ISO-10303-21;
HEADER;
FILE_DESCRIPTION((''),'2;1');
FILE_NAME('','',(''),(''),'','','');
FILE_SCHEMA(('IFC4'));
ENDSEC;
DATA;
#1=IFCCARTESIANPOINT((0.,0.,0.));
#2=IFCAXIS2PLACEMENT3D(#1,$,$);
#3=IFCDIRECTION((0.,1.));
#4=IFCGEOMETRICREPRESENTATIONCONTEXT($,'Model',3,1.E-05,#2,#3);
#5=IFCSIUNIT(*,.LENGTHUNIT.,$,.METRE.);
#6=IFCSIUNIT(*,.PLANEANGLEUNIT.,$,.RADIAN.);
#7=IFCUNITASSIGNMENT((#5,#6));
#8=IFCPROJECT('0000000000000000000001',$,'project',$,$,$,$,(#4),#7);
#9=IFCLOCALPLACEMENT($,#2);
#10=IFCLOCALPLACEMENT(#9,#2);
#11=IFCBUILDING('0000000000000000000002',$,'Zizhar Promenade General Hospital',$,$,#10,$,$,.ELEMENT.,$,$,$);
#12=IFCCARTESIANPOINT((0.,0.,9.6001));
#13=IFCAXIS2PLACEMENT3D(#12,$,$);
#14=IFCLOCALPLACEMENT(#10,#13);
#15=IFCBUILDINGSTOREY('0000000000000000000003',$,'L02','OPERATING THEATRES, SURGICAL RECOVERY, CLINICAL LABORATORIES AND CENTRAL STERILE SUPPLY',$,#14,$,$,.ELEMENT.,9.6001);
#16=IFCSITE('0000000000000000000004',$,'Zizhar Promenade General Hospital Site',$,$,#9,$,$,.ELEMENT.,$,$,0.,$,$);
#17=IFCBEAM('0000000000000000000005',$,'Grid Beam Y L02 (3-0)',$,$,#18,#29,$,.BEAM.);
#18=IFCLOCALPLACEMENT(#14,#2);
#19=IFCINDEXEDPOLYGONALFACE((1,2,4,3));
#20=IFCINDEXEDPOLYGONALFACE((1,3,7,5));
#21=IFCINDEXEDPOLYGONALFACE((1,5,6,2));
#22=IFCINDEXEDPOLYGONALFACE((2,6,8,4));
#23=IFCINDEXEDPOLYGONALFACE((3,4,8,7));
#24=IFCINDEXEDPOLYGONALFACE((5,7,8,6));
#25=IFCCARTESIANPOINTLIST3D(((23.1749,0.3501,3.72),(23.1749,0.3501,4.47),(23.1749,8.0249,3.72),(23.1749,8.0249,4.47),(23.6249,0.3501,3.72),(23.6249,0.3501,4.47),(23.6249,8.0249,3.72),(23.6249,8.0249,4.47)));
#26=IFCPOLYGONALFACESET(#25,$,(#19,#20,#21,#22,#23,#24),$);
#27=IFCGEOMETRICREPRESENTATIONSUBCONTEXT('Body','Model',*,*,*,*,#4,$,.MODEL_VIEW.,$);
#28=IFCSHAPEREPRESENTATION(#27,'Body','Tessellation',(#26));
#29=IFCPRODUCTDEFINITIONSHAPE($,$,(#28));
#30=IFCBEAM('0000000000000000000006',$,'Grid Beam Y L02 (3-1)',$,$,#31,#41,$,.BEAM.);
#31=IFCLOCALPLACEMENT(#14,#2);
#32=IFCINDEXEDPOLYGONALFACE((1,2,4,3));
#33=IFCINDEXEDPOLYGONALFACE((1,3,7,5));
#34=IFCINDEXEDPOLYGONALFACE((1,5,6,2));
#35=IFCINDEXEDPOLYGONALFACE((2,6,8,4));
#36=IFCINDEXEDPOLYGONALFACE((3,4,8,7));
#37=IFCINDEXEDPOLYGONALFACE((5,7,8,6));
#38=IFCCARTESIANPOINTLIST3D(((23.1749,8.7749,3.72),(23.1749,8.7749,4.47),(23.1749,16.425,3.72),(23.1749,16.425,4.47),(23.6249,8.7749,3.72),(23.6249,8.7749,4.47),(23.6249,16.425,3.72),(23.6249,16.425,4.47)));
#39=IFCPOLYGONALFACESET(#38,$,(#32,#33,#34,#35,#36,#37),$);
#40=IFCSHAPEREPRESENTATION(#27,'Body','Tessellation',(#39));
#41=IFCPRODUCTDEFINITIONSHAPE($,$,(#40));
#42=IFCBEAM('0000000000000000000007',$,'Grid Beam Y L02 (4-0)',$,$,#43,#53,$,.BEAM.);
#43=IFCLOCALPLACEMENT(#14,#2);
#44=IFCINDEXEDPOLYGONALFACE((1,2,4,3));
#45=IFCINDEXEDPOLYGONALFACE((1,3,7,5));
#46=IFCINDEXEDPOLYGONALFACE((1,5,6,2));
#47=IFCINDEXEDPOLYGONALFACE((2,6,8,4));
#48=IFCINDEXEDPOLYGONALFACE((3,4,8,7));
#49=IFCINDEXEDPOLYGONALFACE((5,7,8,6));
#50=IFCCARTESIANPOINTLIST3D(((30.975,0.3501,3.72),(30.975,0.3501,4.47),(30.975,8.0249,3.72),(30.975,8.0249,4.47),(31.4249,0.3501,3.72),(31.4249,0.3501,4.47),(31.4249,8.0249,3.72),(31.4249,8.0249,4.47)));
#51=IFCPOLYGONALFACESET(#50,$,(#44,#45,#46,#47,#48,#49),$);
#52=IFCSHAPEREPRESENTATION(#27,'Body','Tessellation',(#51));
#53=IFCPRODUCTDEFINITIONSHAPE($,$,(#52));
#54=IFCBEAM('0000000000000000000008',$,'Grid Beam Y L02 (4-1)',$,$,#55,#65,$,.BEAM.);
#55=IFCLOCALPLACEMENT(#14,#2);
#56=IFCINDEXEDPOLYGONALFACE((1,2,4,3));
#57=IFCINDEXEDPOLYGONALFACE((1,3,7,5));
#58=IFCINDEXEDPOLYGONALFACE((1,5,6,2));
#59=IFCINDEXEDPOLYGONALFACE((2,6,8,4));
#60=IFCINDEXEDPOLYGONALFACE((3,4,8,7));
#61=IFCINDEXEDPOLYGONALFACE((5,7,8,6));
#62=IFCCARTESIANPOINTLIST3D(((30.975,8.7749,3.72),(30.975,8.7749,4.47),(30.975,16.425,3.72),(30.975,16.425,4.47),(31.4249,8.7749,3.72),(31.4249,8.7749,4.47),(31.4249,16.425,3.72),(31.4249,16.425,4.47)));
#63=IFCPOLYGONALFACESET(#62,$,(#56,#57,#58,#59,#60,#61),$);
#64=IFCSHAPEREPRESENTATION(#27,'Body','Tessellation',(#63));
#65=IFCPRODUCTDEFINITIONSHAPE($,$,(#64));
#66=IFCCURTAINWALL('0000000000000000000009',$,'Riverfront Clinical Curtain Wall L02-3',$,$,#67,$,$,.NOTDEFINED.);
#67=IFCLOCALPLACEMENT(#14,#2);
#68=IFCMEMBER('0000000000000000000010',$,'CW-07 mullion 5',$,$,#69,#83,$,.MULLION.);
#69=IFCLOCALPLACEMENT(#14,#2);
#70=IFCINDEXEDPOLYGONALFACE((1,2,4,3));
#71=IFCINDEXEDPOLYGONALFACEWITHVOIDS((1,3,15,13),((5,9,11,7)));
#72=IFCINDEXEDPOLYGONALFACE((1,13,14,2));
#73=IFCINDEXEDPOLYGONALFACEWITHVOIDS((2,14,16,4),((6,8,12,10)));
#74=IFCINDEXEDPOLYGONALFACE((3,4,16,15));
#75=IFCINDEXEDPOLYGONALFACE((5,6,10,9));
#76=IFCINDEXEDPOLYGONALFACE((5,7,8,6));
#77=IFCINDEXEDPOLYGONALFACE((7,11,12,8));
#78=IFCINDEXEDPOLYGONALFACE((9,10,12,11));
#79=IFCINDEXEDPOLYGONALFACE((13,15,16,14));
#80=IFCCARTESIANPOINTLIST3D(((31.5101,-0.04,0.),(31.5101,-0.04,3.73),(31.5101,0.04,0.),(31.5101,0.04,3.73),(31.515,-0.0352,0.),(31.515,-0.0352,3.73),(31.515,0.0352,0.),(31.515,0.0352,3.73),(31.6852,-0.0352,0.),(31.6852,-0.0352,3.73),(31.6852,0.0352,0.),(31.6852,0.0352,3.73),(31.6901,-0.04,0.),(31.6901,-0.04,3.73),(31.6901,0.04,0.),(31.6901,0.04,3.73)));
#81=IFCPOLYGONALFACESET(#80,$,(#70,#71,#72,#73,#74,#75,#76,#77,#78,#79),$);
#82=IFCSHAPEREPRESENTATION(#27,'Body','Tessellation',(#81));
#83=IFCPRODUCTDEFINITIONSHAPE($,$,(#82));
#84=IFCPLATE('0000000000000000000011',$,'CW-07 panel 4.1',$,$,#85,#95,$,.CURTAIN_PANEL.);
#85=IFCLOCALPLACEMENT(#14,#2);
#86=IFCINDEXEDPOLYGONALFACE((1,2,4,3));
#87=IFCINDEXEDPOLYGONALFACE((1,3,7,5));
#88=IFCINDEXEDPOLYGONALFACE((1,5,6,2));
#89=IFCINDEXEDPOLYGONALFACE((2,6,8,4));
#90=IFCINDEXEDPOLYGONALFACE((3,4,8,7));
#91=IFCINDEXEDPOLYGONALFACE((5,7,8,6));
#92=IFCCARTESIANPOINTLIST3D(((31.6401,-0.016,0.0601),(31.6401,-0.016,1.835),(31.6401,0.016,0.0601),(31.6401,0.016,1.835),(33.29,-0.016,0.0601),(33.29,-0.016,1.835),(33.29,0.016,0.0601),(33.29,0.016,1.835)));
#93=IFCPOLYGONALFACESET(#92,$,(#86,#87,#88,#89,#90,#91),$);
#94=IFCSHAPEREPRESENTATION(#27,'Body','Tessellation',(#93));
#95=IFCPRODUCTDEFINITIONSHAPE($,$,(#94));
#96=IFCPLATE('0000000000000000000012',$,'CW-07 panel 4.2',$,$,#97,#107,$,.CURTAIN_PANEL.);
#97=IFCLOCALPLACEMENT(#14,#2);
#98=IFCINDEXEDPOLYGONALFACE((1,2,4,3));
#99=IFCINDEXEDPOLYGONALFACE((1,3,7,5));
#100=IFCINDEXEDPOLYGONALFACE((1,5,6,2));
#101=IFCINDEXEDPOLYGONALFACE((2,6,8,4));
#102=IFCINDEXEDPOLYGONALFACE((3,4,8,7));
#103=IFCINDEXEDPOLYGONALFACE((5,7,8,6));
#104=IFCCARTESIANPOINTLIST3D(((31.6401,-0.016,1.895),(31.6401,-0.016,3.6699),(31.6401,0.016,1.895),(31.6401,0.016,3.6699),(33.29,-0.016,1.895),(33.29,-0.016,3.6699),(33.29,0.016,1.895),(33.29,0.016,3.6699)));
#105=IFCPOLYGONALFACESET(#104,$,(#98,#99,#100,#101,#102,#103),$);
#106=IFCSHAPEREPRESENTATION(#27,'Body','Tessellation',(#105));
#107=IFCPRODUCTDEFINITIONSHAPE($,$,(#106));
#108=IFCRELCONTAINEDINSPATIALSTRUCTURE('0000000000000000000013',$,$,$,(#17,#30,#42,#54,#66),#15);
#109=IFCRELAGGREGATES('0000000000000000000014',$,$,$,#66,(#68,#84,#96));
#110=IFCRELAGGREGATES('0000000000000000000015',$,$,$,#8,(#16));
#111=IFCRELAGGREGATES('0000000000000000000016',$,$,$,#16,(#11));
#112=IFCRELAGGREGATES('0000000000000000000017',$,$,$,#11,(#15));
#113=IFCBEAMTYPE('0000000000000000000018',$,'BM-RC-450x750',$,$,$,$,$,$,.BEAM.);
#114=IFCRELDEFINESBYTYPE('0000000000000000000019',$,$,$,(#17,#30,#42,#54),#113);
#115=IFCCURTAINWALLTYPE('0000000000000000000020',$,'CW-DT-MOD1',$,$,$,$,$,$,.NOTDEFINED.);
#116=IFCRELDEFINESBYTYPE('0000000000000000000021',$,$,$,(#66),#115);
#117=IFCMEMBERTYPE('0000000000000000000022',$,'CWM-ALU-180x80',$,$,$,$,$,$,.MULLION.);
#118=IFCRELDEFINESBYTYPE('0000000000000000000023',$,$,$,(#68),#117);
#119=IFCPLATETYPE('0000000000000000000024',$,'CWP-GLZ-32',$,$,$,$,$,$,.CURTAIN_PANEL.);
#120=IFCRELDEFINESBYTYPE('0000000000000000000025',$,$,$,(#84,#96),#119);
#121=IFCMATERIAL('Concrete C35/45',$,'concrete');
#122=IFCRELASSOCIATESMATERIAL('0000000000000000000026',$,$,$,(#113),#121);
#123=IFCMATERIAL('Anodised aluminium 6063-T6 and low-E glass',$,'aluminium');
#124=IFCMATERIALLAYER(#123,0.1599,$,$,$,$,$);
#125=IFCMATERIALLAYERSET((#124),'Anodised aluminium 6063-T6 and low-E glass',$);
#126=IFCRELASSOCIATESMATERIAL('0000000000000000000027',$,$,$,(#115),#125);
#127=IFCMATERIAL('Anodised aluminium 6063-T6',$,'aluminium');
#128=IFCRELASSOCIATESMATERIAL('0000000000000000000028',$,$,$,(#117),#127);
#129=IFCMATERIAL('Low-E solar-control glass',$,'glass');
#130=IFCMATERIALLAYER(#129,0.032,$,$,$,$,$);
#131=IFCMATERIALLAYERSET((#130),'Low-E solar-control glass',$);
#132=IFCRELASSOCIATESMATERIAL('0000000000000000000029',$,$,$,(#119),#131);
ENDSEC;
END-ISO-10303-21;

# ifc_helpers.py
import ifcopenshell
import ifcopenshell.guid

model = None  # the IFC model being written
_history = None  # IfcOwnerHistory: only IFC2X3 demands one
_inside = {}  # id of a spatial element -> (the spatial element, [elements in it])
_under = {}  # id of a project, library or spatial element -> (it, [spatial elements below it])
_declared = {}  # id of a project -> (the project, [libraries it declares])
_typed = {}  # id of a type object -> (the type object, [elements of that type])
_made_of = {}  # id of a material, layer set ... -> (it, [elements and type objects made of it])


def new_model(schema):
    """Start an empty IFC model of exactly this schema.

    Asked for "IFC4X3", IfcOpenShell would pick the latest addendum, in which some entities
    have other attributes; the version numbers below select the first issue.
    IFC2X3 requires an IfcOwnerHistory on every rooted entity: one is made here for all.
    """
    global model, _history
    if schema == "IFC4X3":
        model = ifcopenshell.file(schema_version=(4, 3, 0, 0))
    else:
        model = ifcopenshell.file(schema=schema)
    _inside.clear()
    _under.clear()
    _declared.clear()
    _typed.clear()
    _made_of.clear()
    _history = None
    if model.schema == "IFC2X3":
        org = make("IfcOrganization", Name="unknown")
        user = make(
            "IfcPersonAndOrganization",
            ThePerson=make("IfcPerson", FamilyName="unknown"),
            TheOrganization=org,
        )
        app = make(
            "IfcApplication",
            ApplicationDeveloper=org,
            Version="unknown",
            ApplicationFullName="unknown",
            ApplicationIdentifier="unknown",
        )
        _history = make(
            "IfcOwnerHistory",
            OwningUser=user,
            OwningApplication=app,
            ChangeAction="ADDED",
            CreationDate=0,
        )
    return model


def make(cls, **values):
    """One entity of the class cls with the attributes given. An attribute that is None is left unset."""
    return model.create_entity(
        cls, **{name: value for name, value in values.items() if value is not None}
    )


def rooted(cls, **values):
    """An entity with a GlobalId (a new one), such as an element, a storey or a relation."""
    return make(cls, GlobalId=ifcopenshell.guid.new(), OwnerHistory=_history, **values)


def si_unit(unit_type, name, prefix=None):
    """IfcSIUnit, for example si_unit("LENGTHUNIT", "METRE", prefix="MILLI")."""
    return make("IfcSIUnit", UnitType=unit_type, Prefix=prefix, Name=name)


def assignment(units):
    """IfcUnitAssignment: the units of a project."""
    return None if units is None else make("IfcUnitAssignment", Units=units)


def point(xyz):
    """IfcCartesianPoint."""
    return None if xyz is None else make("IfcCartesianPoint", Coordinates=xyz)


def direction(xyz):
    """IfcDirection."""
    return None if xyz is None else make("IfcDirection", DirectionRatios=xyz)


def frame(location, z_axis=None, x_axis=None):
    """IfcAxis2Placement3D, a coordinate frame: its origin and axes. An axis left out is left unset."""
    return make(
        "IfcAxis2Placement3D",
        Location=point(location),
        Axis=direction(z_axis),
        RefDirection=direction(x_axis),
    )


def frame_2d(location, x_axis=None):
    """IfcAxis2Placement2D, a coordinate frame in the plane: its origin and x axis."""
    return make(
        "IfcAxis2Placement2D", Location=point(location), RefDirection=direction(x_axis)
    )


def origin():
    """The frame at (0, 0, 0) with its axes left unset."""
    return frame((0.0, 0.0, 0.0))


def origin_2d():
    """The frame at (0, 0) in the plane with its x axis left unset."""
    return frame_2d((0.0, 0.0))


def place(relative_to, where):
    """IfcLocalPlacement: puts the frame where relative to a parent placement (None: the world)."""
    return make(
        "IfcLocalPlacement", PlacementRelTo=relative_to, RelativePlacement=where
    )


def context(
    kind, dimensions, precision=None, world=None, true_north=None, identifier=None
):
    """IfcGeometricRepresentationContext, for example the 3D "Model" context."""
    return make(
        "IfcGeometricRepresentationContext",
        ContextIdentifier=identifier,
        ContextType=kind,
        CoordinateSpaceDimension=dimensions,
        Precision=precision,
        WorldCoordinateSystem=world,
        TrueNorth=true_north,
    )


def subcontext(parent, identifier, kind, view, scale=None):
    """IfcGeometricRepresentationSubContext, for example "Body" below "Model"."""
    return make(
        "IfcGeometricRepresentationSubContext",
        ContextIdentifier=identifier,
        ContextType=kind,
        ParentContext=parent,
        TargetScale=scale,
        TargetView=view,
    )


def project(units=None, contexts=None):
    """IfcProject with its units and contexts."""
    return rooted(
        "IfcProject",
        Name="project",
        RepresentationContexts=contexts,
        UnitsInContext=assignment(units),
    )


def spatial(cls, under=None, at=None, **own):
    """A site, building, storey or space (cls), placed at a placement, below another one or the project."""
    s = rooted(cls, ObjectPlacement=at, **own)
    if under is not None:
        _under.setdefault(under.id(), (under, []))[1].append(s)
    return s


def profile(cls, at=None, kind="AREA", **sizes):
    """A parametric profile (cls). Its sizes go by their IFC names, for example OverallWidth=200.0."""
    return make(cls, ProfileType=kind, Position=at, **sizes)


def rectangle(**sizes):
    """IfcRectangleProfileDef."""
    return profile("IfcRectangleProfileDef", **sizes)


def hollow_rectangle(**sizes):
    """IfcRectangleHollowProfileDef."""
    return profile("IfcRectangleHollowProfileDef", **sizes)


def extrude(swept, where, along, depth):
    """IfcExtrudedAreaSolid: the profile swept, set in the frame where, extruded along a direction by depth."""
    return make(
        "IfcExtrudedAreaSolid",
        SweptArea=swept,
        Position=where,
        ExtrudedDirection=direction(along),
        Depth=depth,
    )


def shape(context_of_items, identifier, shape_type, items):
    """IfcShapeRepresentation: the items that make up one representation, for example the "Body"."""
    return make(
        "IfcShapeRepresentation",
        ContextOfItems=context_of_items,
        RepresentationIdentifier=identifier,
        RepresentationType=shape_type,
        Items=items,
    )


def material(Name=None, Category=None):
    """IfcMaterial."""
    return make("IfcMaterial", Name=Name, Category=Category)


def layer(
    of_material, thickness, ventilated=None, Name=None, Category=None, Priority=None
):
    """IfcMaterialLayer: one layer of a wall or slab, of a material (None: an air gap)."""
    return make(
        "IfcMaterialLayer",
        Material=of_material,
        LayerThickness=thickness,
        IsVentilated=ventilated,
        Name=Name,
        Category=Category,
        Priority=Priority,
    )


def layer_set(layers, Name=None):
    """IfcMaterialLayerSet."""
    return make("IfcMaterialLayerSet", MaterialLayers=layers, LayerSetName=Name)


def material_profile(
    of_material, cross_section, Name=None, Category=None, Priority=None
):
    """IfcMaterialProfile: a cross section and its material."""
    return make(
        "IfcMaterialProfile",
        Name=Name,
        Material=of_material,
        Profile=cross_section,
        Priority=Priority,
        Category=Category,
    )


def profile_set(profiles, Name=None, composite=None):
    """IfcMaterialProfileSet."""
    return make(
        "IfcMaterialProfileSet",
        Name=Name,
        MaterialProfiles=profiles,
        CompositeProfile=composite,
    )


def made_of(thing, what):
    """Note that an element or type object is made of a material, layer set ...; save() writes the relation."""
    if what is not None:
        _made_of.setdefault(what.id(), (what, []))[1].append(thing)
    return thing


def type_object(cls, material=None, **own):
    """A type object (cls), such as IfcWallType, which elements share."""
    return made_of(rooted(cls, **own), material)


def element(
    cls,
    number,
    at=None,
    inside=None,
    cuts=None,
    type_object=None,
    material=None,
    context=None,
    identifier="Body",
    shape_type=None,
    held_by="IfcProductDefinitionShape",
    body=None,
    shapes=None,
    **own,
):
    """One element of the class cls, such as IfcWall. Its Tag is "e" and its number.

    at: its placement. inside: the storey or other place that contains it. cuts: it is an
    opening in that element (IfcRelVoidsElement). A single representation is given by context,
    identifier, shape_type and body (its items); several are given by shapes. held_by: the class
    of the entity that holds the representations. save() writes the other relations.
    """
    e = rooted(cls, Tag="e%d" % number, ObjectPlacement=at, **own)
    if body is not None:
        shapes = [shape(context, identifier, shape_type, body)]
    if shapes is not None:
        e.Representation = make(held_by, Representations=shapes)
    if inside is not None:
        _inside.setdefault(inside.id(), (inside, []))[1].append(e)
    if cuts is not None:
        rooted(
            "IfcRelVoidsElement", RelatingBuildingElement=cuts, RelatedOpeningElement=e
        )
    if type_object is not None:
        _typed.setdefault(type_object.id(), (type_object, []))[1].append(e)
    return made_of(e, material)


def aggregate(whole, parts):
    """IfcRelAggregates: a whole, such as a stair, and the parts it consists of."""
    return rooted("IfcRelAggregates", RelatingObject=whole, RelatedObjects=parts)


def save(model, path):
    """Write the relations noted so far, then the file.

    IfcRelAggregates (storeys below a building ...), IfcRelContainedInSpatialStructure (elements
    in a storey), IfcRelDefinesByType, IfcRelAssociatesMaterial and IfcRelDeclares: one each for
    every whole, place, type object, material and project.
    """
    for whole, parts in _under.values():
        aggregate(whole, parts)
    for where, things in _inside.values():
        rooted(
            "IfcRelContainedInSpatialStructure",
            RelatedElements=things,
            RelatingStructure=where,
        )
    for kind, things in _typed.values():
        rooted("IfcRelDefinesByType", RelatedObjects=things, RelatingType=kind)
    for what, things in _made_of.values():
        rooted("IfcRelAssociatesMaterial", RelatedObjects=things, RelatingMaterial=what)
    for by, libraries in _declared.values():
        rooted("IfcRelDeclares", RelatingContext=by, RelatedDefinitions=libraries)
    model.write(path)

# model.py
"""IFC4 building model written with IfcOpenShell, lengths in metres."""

from ifc_helpers import new_model, si_unit, direction, frame, origin, origin_2d, place, context, subcontext, project, spatial, rectangle, hollow_rectangle, extrude, material, layer, layer_set, material_profile, profile_set, type_object, element, aggregate, save


model = new_model("IFC4")

# Units and contexts
model_context = context("Model", 3, precision=1e-05, world=origin(), true_north=direction((0.0, 1.0)))
body_context = subcontext(model_context, "Body", "Model", "MODEL_VIEW")
ifc_project = project(units=[si_unit("LENGTHUNIT", "METRE"), si_unit("PLANEANGLEUNIT", "RADIAN")], contexts=[model_context])

# Site, building, storey
site_placement = place(None, origin())
site = spatial("IfcSite", under=ifc_project, at=site_placement, Name="Zizhar Promenade General Hospital Site", CompositionType="ELEMENT", RefElevation=0.0)
building_placement = place(site_placement, origin())
building = spatial("IfcBuilding", under=site, at=building_placement, Name="Zizhar Promenade General Hospital", CompositionType="ELEMENT")
storey_placement = place(building_placement, frame((0.0, 0.0, 9.6001)))
storey = spatial("IfcBuildingStorey", under=building, at=storey_placement, Name="L02", Description="OPERATING THEATRES, SURGICAL RECOVERY, CLINICAL LABORATORIES AND CENTRAL STERILE SUPPLY", CompositionType="ELEMENT", Elevation=9.6001)

# Beams
ifc_material_1 = material(Name="Concrete C35/45", Category="concrete")
ifc_material_profile_1 = material_profile(ifc_material_1, rectangle(XDim=0.45, YDim=0.75, at=origin_2d()))
ifc_profile_set_1 = profile_set([ifc_material_profile_1], Name="Concrete C35/45")
beam_type_1 = type_object("IfcBeamType", Name="BM-RC-450x750", PredefinedType="BEAM", material=ifc_profile_set_1)
beam_1_placement = place(storey_placement, frame((23.3999, 0.3501, 4.095), z_axis=(0.0, 1.0, 0.0), x_axis=(-1.0, 0.0, 0.0)))
element("IfcBeam", 1, at=beam_1_placement, inside=storey, type_object=beam_type_1, Name="Grid Beam Y L02 (3-0)", PredefinedType="BEAM", context=body_context, shape_type="SweptSolid", body=[
    extrude(rectangle(XDim=0.45, YDim=0.75, at=origin_2d()), origin(), (0.0, 0.0, 1.0), 7.6748),
])
beam_2_placement = place(storey_placement, frame((23.3999, 8.7749, 4.095), z_axis=(0.0, 1.0, 0.0), x_axis=(-1.0, 0.0, 0.0)))
element("IfcBeam", 2, at=beam_2_placement, inside=storey, type_object=beam_type_1, Name="Grid Beam Y L02 (3-1)", PredefinedType="BEAM", context=body_context, shape_type="SweptSolid", body=[
    extrude(rectangle(XDim=0.45, YDim=0.75, at=origin_2d()), origin(), (0.0, 0.0, 1.0), 7.6501),
])
beam_3_placement = place(storey_placement, frame((31.2, 0.3501, 4.095), z_axis=(0.0, 1.0, 0.0), x_axis=(-1.0, 0.0, 0.0)))
element("IfcBeam", 3, at=beam_3_placement, inside=storey, type_object=beam_type_1, Name="Grid Beam Y L02 (4-0)", PredefinedType="BEAM", context=body_context, shape_type="SweptSolid", body=[
    extrude(rectangle(XDim=0.45, YDim=0.75, at=origin_2d()), origin(), (0.0, 0.0, 1.0), 7.6748),
])
beam_4_placement = place(storey_placement, frame((31.2, 8.7749, 4.095), z_axis=(0.0, 1.0, 0.0), x_axis=(-1.0, 0.0, 0.0)))
element("IfcBeam", 4, at=beam_4_placement, inside=storey, type_object=beam_type_1, Name="Grid Beam Y L02 (4-1)", PredefinedType="BEAM", context=body_context, shape_type="SweptSolid", body=[
    extrude(rectangle(XDim=0.45, YDim=0.75, at=origin_2d()), origin(), (0.0, 0.0, 1.0), 7.6501),
])

# Curtain wall, member, plates
ifc_material_2 = material(Name="Anodised aluminium 6063-T6 and low-E glass", Category="aluminium")
ifc_layer_1 = layer(ifc_material_2, 0.1599)
ifc_layer_set_1 = layer_set([ifc_layer_1], Name="Anodised aluminium 6063-T6 and low-E glass")
curtain_wall_type = type_object("IfcCurtainWallType", Name="CW-DT-MOD1", PredefinedType="NOTDEFINED", material=ifc_layer_set_1)
curtain_wall_placement = place(storey_placement, origin())
curtain_wall = element("IfcCurtainWall", 5, at=curtain_wall_placement, inside=storey, type_object=curtain_wall_type, Name="Riverfront Clinical Curtain Wall L02-3", PredefinedType="NOTDEFINED")
ifc_material_3 = material(Name="Anodised aluminium 6063-T6", Category="aluminium")
ifc_material_profile_2 = material_profile(ifc_material_3, hollow_rectangle(XDim=0.0801, YDim=0.1799, WallThickness=0.0049, at=origin_2d()))
ifc_profile_set_2 = profile_set([ifc_material_profile_2], Name="Anodised aluminium 6063-T6")
member_type = type_object("IfcMemberType", Name="CWM-ALU-180x80", PredefinedType="MULLION", material=ifc_profile_set_2)
member_placement = place(storey_placement, frame((31.6001, 0.0, 0.0), z_axis=(0.0, 0.0, 1.0), x_axis=(0.0, -1.0, 0.0)))
member = element("IfcMember", 6, at=member_placement, type_object=member_type, Name="CW-07 mullion 5", PredefinedType="MULLION", context=body_context, shape_type="SweptSolid", body=[
    extrude(hollow_rectangle(XDim=0.0801, YDim=0.1799, WallThickness=0.0049, at=origin_2d()), origin(), (0.0, 0.0, 1.0), 3.73),
])
ifc_material_4 = material(Name="Low-E solar-control glass", Category="glass")
ifc_layer_2 = layer(ifc_material_4, 0.032)
ifc_layer_set_2 = layer_set([ifc_layer_2], Name="Low-E solar-control glass")
plate_type = type_object("IfcPlateType", Name="CWP-GLZ-32", PredefinedType="CURTAIN_PANEL", material=ifc_layer_set_2)
plate_1_placement = place(storey_placement, frame((32.4651, 0.0, 0.0601), z_axis=(0.0, 0.0, 1.0), x_axis=(-1.0, 0.0, 0.0)))
plate_1 = element("IfcPlate", 7, at=plate_1_placement, type_object=plate_type, Name="CW-07 panel 4.1", PredefinedType="CURTAIN_PANEL", context=body_context, shape_type="SweptSolid", body=[
    extrude(rectangle(XDim=1.6499, YDim=0.032, at=origin_2d()), origin(), (0.0, 0.0, 1.0), 1.7749),
])
plate_2_placement = place(storey_placement, frame((32.4651, 0.0, 1.895), z_axis=(0.0, 0.0, 1.0), x_axis=(-1.0, 0.0, 0.0)))
plate_2 = element("IfcPlate", 8, at=plate_2_placement, type_object=plate_type, Name="CW-07 panel 4.2", PredefinedType="CURTAIN_PANEL", context=body_context, shape_type="SweptSolid", body=[
    extrude(rectangle(XDim=1.6499, YDim=0.032, at=origin_2d()), origin(), (0.0, 0.0, 1.0), 1.7749),
])
aggregate(curtain_wall, [member, plate_1, plate_2])

save(model, "model.ifc")
